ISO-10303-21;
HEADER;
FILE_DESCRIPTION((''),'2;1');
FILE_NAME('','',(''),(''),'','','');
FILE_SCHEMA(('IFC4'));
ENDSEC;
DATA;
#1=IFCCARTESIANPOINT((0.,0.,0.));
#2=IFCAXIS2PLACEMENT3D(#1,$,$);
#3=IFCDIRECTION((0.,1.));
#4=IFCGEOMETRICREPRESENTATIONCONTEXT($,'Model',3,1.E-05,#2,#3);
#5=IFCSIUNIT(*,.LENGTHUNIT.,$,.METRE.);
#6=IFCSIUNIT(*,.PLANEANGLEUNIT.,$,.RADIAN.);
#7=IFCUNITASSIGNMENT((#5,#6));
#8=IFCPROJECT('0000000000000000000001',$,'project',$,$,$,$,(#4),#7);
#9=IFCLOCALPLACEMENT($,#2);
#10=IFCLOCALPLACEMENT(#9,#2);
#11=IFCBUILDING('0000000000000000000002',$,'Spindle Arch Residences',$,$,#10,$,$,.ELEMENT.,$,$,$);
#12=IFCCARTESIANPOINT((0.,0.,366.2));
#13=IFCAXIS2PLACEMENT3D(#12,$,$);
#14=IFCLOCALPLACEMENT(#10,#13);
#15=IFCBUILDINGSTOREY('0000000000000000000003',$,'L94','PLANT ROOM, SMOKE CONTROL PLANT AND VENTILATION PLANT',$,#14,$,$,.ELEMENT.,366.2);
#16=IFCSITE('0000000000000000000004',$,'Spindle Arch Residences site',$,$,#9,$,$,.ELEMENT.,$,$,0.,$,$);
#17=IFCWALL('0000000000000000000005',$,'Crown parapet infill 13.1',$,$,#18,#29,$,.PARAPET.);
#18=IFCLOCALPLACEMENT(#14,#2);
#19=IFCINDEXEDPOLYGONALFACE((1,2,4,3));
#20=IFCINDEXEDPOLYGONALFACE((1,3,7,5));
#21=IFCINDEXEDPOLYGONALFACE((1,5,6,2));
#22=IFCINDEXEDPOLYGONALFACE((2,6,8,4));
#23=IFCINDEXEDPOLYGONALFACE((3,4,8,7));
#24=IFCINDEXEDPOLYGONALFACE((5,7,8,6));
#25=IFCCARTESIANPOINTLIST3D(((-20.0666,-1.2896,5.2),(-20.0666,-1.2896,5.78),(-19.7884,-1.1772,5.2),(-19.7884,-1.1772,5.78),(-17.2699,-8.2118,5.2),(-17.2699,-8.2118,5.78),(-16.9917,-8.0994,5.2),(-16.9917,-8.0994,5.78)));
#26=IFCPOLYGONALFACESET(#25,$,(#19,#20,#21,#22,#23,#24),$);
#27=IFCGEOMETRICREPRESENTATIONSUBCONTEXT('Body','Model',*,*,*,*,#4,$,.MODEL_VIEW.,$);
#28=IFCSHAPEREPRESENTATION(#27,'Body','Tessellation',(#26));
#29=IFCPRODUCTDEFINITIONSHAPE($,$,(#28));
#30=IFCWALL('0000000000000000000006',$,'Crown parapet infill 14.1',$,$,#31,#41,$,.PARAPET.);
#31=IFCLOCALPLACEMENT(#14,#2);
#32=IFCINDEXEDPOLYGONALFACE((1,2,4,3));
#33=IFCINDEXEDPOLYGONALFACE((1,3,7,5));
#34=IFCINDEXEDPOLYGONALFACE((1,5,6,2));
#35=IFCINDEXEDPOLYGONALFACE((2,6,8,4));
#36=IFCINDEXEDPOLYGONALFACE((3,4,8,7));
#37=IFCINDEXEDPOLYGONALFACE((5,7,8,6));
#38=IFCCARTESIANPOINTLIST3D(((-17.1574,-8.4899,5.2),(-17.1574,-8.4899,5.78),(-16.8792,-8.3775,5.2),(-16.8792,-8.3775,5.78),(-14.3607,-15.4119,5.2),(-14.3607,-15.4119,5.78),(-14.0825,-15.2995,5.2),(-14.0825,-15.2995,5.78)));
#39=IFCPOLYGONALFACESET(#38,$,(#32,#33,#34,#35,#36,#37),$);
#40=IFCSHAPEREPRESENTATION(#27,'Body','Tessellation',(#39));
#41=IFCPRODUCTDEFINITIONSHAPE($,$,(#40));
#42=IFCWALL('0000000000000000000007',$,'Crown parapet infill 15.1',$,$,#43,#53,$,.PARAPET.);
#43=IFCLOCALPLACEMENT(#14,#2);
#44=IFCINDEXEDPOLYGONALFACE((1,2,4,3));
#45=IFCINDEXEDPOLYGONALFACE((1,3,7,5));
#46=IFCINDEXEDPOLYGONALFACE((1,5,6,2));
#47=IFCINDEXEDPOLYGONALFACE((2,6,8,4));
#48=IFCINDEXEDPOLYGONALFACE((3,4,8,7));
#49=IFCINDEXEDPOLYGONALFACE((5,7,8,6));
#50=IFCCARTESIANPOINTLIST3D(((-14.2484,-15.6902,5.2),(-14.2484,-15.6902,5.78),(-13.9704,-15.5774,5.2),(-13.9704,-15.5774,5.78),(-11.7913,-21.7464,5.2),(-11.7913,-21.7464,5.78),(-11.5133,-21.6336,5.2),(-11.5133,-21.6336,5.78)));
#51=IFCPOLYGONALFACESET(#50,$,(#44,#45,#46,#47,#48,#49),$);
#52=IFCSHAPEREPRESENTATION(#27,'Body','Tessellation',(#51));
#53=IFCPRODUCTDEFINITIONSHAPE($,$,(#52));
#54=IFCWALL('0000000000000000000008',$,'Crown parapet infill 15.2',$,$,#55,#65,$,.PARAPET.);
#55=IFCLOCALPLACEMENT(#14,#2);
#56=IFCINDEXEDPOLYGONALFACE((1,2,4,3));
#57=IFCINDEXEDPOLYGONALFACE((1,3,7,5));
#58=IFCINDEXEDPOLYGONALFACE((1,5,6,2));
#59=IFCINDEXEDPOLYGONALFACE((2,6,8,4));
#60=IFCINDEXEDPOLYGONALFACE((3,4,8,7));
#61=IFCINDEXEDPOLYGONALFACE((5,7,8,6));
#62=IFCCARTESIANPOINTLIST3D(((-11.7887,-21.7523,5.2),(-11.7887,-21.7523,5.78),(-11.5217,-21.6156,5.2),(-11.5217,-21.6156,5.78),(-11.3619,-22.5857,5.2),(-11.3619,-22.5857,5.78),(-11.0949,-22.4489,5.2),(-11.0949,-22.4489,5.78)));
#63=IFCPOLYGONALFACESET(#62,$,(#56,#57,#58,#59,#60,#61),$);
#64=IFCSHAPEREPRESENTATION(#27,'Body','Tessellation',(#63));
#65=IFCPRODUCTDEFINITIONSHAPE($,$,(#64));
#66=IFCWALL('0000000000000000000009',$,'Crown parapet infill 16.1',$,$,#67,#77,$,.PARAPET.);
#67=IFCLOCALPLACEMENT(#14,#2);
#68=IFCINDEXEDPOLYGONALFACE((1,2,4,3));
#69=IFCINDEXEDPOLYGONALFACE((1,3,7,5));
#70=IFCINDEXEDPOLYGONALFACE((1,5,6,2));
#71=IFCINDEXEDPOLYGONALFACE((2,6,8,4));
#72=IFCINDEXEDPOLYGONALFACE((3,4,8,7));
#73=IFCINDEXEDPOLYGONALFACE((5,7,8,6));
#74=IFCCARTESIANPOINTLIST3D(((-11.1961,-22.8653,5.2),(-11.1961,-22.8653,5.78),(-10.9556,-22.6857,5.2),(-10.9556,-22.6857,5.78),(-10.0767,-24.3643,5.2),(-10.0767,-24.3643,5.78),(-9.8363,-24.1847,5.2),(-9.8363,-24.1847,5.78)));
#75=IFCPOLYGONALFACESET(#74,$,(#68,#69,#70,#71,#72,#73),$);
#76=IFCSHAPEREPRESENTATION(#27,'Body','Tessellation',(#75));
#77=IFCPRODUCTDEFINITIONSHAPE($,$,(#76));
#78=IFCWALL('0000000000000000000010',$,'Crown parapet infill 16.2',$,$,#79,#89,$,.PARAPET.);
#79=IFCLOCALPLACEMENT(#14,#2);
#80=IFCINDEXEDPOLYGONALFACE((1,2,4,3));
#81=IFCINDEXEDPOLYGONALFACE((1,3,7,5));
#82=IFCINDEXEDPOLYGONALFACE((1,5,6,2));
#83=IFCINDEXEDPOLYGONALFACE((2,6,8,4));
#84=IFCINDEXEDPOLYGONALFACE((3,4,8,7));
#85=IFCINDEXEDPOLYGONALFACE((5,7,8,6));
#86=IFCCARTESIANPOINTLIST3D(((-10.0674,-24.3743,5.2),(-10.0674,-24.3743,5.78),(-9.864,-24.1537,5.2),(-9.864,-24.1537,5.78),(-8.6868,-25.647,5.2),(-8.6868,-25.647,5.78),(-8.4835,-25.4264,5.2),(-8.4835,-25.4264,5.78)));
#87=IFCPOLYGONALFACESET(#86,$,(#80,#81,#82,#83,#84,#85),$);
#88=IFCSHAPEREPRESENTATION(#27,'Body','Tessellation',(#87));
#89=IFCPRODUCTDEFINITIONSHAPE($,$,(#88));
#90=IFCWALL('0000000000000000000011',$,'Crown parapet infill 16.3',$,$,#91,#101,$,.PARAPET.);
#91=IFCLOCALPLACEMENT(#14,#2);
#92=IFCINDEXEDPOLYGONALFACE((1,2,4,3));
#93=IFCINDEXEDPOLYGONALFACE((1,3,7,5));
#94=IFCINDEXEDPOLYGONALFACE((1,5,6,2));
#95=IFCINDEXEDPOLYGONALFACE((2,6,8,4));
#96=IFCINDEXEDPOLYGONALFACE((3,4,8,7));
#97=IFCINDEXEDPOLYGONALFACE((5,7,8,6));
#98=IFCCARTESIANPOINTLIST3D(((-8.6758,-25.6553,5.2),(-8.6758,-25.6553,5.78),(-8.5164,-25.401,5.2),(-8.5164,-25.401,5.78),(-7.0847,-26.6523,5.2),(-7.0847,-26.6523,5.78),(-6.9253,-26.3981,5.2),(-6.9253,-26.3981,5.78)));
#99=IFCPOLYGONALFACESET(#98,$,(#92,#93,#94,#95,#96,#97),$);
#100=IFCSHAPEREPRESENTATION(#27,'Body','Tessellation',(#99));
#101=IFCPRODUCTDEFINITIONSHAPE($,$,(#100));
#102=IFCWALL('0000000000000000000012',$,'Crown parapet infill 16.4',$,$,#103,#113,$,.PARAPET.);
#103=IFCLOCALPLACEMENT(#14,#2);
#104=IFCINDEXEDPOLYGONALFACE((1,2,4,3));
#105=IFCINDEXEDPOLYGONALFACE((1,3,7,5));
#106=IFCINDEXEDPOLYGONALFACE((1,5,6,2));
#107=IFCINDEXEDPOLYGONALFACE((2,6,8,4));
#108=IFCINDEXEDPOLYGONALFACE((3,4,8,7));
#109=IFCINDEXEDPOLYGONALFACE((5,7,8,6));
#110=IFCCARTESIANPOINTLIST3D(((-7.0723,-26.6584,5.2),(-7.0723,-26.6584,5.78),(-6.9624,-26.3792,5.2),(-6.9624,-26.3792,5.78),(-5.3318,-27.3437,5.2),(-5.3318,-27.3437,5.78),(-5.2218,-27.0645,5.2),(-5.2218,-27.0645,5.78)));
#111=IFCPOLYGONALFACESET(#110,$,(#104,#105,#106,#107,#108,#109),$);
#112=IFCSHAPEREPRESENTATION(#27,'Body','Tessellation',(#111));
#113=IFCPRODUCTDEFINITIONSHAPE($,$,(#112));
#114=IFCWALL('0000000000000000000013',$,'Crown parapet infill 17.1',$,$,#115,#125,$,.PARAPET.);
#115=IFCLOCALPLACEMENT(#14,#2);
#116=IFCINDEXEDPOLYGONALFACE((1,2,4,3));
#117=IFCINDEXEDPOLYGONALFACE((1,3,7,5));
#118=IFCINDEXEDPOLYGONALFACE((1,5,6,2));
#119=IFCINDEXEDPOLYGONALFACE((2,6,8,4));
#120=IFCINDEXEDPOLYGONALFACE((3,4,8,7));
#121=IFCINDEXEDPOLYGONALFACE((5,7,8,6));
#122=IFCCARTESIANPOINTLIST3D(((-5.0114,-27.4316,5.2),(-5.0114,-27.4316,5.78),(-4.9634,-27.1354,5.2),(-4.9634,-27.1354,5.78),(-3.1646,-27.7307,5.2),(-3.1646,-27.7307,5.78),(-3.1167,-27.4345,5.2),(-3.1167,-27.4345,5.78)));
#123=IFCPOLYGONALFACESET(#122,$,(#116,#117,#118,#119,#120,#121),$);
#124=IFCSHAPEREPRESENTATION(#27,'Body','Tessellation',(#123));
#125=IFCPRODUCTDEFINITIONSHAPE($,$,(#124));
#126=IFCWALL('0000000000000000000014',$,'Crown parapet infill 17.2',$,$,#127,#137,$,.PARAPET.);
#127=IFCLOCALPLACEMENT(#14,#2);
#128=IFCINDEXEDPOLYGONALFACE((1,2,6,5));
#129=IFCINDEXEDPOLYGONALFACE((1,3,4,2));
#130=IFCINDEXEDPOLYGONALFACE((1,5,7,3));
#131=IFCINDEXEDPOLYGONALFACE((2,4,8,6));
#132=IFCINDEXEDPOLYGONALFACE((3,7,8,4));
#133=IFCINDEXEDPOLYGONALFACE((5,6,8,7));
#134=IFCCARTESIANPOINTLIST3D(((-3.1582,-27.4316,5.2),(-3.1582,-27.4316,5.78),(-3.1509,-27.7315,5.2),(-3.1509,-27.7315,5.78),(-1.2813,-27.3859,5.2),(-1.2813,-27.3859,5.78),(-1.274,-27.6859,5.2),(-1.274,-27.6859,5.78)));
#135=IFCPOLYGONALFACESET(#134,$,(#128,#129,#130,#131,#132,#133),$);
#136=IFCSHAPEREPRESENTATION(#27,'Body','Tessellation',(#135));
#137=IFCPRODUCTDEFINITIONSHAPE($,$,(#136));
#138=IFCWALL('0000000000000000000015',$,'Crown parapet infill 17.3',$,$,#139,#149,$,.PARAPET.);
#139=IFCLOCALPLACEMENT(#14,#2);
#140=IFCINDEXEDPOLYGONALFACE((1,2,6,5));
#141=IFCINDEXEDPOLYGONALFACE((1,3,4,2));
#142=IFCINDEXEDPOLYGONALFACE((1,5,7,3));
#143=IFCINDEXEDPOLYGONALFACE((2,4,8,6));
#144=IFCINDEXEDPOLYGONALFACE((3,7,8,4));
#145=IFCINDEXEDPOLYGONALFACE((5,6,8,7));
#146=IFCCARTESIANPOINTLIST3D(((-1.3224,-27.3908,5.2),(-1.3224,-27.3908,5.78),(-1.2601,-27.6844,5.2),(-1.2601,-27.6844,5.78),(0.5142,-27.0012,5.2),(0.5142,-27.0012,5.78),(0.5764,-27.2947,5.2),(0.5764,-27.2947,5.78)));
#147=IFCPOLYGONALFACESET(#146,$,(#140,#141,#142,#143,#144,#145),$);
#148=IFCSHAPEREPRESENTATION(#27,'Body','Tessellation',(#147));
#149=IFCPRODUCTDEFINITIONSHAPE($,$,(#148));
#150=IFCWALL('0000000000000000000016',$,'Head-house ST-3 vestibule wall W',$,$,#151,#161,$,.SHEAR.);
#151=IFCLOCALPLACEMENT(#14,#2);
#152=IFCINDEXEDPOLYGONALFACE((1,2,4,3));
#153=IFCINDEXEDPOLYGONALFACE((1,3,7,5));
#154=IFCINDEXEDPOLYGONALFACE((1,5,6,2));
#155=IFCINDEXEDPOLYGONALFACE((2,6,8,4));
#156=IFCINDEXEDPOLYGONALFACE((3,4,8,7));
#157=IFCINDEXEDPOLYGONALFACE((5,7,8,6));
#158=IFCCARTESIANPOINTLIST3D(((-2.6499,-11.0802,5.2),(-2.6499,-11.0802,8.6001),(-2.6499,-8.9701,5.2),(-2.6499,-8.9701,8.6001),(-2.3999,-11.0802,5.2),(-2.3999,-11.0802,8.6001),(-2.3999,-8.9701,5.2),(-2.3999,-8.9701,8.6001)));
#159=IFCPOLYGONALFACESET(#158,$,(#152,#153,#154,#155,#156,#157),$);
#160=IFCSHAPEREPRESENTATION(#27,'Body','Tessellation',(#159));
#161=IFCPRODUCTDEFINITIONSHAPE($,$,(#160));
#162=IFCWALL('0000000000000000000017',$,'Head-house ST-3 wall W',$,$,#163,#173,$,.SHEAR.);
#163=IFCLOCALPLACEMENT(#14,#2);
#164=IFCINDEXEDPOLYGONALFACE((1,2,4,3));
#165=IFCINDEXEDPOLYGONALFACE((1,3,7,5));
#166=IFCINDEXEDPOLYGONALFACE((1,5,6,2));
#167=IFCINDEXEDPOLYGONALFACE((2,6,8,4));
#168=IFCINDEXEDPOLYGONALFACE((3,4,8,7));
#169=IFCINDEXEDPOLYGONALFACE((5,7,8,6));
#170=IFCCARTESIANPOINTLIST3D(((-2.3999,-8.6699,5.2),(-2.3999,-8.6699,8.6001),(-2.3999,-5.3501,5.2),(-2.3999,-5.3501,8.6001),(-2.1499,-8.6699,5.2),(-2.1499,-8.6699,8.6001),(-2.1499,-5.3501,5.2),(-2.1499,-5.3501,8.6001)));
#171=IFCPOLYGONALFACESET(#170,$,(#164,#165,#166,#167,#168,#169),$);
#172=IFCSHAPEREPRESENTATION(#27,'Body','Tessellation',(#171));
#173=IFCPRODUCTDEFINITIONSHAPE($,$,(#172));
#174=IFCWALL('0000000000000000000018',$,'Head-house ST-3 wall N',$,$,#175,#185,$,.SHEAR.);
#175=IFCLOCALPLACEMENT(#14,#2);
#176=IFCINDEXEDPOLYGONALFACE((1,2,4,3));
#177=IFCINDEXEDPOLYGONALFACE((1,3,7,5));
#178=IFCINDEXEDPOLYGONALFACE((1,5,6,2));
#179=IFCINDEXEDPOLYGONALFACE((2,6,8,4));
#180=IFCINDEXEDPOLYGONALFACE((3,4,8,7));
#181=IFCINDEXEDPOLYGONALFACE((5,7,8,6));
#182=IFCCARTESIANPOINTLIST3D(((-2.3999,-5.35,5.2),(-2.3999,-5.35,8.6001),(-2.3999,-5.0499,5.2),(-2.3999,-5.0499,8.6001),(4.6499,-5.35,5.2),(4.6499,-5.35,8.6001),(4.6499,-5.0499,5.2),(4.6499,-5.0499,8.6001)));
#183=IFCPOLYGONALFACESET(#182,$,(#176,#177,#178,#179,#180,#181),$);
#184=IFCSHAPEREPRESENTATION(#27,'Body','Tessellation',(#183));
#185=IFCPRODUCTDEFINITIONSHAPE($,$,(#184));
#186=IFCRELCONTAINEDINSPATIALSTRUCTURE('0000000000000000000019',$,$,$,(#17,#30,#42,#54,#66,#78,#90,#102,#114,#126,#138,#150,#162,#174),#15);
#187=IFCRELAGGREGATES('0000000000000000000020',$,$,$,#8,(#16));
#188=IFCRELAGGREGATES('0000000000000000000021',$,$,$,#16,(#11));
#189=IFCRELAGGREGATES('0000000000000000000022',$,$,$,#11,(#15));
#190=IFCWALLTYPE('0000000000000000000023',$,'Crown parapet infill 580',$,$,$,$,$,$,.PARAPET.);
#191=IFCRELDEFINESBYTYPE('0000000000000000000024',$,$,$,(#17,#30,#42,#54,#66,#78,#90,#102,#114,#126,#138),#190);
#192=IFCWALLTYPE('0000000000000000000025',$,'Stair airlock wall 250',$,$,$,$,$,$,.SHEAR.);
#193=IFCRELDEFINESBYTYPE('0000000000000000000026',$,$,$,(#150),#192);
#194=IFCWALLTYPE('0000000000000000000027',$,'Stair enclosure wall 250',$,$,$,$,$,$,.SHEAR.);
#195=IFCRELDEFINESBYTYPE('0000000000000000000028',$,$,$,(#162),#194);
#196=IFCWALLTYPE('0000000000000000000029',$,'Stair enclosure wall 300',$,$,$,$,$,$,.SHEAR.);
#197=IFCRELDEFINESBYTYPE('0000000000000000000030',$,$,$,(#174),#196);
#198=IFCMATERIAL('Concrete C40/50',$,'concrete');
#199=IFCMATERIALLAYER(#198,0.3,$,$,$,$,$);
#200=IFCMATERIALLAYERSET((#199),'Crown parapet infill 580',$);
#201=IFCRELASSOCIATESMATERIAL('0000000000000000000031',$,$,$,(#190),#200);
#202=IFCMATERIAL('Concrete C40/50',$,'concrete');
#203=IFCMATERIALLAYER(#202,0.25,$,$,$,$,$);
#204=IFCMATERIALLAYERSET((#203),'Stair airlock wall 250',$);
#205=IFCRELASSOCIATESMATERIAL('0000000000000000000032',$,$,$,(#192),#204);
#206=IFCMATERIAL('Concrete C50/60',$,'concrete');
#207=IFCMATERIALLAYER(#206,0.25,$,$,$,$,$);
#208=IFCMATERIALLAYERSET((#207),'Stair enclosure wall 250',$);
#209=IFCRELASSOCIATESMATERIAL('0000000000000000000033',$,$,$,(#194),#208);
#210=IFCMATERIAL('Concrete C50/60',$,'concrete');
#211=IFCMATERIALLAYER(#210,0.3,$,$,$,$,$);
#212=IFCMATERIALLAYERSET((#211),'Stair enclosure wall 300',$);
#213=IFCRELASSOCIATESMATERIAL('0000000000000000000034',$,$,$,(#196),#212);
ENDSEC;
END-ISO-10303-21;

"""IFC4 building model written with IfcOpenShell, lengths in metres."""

from ifc_helpers import new_model, si_unit, direction, frame, frame_2d, origin, place, context, subcontext, project, spatial, rectangle, extrude, material, layer, layer_set, type_object, element, save


model = new_model("IFC4")

# Units and contexts
model_context = context("Model", 3, precision=1e-05, world=origin(), true_north=direction((0.0, 1.0)))
body_context = subcontext(model_context, "Body", "Model", "MODEL_VIEW")
ifc_project = project(units=[si_unit("LENGTHUNIT", "METRE"), si_unit("PLANEANGLEUNIT", "RADIAN")], contexts=[model_context])

# Site, building, storey
site_placement = place(None, origin())
site = spatial("IfcSite", under=ifc_project, at=site_placement, Name="Spindle Arch Residences site", CompositionType="ELEMENT", RefElevation=0.0)
building_placement = place(site_placement, origin())
building = spatial("IfcBuilding", under=site, at=building_placement, Name="Spindle Arch Residences", CompositionType="ELEMENT")
storey_placement = place(building_placement, frame((0.0, 0.0, 366.2)))
storey = spatial("IfcBuildingStorey", under=building, at=storey_placement, Name="L94", Description="PLANT ROOM, SMOKE CONTROL PLANT AND VENTILATION PLANT", CompositionType="ELEMENT", Elevation=366.2)

# Walls
ifc_material_1 = material(Name="Concrete C40/50", Category="concrete")
ifc_layer_1 = layer(ifc_material_1, 0.3)
ifc_layer_set_1 = layer_set([ifc_layer_1], Name="Crown parapet infill 580")
wall_type_1 = type_object("IfcWallType", Name="Crown parapet infill 580", PredefinedType="PARAPET", material=ifc_layer_set_1)
wall_1_placement = place(storey_placement, frame((-19.9275, -1.2334, 5.2), z_axis=(0.0, 0.0, 1.0), x_axis=(0.374597, -0.927188, 0.0)))
element("IfcWall", 1, at=wall_1_placement, inside=storey, type_object=wall_type_1, Name="Crown parapet infill 13.1", PredefinedType="PARAPET", context=body_context, shape_type="SweptSolid", body=[
    extrude(rectangle(XDim=7.4658, YDim=0.3, at=frame_2d((3.7329, 0.0))), origin(), (0.0, 0.0, 1.0), 0.5801),
])
wall_2_placement = place(storey_placement, frame((-17.0183, -8.4336, 5.2), z_axis=(0.0, 0.0, 1.0), x_axis=(0.374608, -0.927183, 0.0)))
element("IfcWall", 2, at=wall_2_placement, inside=storey, type_object=wall_type_1, Name="Crown parapet infill 14.1", PredefinedType="PARAPET", context=body_context, shape_type="SweptSolid", body=[
    extrude(rectangle(XDim=7.4656, YDim=0.3, at=frame_2d((3.7329, 0.0))), origin(), (0.0, 0.0, 1.0), 0.5801),
])
wall_3_placement = place(storey_placement, frame((-14.1094, -15.6338, 5.2), z_axis=(0.0, 0.0, 1.0), x_axis=(0.375946, -0.926642, 0.0)))
element("IfcWall", 3, at=wall_3_placement, inside=storey, type_object=wall_type_1, Name="Crown parapet infill 15.1", PredefinedType="PARAPET", context=body_context, shape_type="SweptSolid", body=[
    extrude(rectangle(XDim=6.5356, YDim=0.3, at=frame_2d((3.2678, 0.0))), origin(), (0.0, 0.0, 1.0), 0.5801),
])
wall_4_placement = place(storey_placement, frame((-11.6553, -21.6838, 5.2), z_axis=(0.0, 0.0, 1.0), x_axis=(0.455851, -0.890056, 0.0)))
element("IfcWall", 4, at=wall_4_placement, inside=storey, type_object=wall_type_1, Name="Crown parapet infill 15.2", PredefinedType="PARAPET", context=body_context, shape_type="SweptSolid", body=[
    extrude(rectangle(XDim=0.9363, YDim=0.3, at=frame_2d((0.4683, 0.0))), origin(), (0.0, 0.0, 1.0), 0.5801),
])
wall_5_placement = place(storey_placement, frame((-11.0759, -22.7754, 5.2), z_axis=(0.0, 0.0, 1.0), x_axis=(0.598328, -0.801251, 0.0)))
element("IfcWall", 5, at=wall_5_placement, inside=storey, type_object=wall_type_1, Name="Crown parapet infill 16.1", PredefinedType="PARAPET", context=body_context, shape_type="SweptSolid", body=[
    extrude(rectangle(XDim=1.8708, YDim=0.3, at=frame_2d((0.9355, 0.0))), origin(), (0.0, 0.0, 1.0), 0.5801),
])
for number, where, z_axis, x_axis, name in (
    (6, (-9.9658, -24.2639, 5.2), (0.0, 0.0, 1.0), (0.735257, -0.677789, 0.0), "Crown parapet infill 16.2"),
    (7, (-8.5962, -25.5281, 5.2), (0.0, 0.0, 1.0), (0.847362, -0.531015, 0.0), "Crown parapet infill 16.3"),
):
    element("IfcWall", number, at=place(storey_placement, frame(where, z_axis=z_axis, x_axis=x_axis)), inside=storey, type_object=wall_type_1, Name=name, PredefinedType="PARAPET", context=body_context, shape_type="SweptSolid", body=[
        extrude(rectangle(XDim=1.8777, YDim=0.3, at=frame_2d((0.939, 0.0))), origin(), (0.0, 0.0, 1.0), 0.5801),
    ])
wall_6_placement = place(storey_placement, frame((-7.0173, -26.5188, 5.2), z_axis=(0.0, 0.0, 1.0), x_axis=(0.93047, -0.366367, 0.0)))
element("IfcWall", 8, at=wall_6_placement, inside=storey, type_object=wall_type_1, Name="Crown parapet infill 16.4", PredefinedType="PARAPET", context=body_context, shape_type="SweptSolid", body=[
    extrude(rectangle(XDim=1.8706, YDim=0.3, at=frame_2d((0.9353, 0.0))), origin(), (0.0, 0.0, 1.0), 0.5801),
])
wall_7_placement = place(storey_placement, frame((-4.9875, -27.2834, 5.2), z_axis=(0.0, 0.0, 1.0), x_axis=(0.987138, -0.159868, 0.0)))
element("IfcWall", 9, at=wall_7_placement, inside=storey, type_object=wall_type_1, Name="Crown parapet infill 17.1", PredefinedType="PARAPET", context=body_context, shape_type="SweptSolid", body=[
    extrude(rectangle(XDim=1.8708, YDim=0.3, at=frame_2d((0.9355, 0.0))), origin(), (0.0, 0.0, 1.0), 0.5801),
])
for number, where, z_axis, x_axis, name in (
    (10, (-3.1545, -27.5815, 5.2), (0.0, 0.0, 1.0), (0.999704, 0.024316, 0.0), "Crown parapet infill 17.2"),
    (11, (-1.2913, -27.5376, 5.2), (0.0, 0.0, 1.0), (0.978229, 0.207531, 0.0), "Crown parapet infill 17.3"),
):
    element("IfcWall", number, at=place(storey_placement, frame(where, z_axis=z_axis, x_axis=x_axis)), inside=storey, type_object=wall_type_1, Name=name, PredefinedType="PARAPET", context=body_context, shape_type="SweptSolid", body=[
        extrude(rectangle(XDim=1.8774, YDim=0.3, at=frame_2d((0.9387, 0.0))), origin(), (0.0, 0.0, 1.0), 0.5801),
    ])
ifc_material_2 = material(Name="Concrete C40/50", Category="concrete")
ifc_layer_2 = layer(ifc_material_2, 0.25)
ifc_layer_set_2 = layer_set([ifc_layer_2], Name="Stair airlock wall 250")
wall_type_2 = type_object("IfcWallType", Name="Stair airlock wall 250", PredefinedType="SHEAR", material=ifc_layer_set_2)
wall_8_placement = place(storey_placement, frame((-2.5249, -8.97, 5.2), z_axis=(0.0, 0.0, 1.0), x_axis=(0.0, -1.0, 0.0)))
element("IfcWall", 12, at=wall_8_placement, inside=storey, type_object=wall_type_2, Name="Head-house ST-3 vestibule wall W", PredefinedType="SHEAR", context=body_context, shape_type="SweptSolid", body=[
    extrude(rectangle(XDim=2.1101, YDim=0.25, at=frame_2d((1.0552, 0.0))), origin(), (0.0, 0.0, 1.0), 3.4001),
])
ifc_material_3 = material(Name="Concrete C50/60", Category="concrete")
ifc_layer_3 = layer(ifc_material_3, 0.25)
ifc_layer_set_3 = layer_set([ifc_layer_3], Name="Stair enclosure wall 250")
wall_type_3 = type_object("IfcWallType", Name="Stair enclosure wall 250", PredefinedType="SHEAR", material=ifc_layer_set_3)
wall_9_placement = place(storey_placement, frame((-2.2749, -8.6699, 5.2), z_axis=(0.0, 0.0, 1.0), x_axis=(0.0, 1.0, 0.0)))
element("IfcWall", 13, at=wall_9_placement, inside=storey, type_object=wall_type_3, Name="Head-house ST-3 wall W", PredefinedType="SHEAR", context=body_context, shape_type="SweptSolid", body=[
    extrude(rectangle(XDim=3.3198, YDim=0.25, at=frame_2d((1.6599, 0.0))), origin(), (0.0, 0.0, 1.0), 3.4001),
])
ifc_material_4 = material(Name="Concrete C50/60", Category="concrete")
ifc_layer_4 = layer(ifc_material_4, 0.3)
ifc_layer_set_4 = layer_set([ifc_layer_4], Name="Stair enclosure wall 300")
wall_type_4 = type_object("IfcWallType", Name="Stair enclosure wall 300", PredefinedType="SHEAR", material=ifc_layer_set_4)
wall_10_placement = place(storey_placement, frame((-2.3999, -5.2, 5.2), z_axis=(0.0, 0.0, 1.0), x_axis=(1.0, 0.0, 0.0)))
element("IfcWall", 14, at=wall_10_placement, inside=storey, type_object=wall_type_4, Name="Head-house ST-3 wall N", PredefinedType="SHEAR", context=body_context, shape_type="SweptSolid", body=[
    extrude(rectangle(XDim=7.0498, YDim=0.3, at=frame_2d((3.5249, 0.0))), origin(), (0.0, 0.0, 1.0), 3.4001),
])

save(model, "model.ifc")
